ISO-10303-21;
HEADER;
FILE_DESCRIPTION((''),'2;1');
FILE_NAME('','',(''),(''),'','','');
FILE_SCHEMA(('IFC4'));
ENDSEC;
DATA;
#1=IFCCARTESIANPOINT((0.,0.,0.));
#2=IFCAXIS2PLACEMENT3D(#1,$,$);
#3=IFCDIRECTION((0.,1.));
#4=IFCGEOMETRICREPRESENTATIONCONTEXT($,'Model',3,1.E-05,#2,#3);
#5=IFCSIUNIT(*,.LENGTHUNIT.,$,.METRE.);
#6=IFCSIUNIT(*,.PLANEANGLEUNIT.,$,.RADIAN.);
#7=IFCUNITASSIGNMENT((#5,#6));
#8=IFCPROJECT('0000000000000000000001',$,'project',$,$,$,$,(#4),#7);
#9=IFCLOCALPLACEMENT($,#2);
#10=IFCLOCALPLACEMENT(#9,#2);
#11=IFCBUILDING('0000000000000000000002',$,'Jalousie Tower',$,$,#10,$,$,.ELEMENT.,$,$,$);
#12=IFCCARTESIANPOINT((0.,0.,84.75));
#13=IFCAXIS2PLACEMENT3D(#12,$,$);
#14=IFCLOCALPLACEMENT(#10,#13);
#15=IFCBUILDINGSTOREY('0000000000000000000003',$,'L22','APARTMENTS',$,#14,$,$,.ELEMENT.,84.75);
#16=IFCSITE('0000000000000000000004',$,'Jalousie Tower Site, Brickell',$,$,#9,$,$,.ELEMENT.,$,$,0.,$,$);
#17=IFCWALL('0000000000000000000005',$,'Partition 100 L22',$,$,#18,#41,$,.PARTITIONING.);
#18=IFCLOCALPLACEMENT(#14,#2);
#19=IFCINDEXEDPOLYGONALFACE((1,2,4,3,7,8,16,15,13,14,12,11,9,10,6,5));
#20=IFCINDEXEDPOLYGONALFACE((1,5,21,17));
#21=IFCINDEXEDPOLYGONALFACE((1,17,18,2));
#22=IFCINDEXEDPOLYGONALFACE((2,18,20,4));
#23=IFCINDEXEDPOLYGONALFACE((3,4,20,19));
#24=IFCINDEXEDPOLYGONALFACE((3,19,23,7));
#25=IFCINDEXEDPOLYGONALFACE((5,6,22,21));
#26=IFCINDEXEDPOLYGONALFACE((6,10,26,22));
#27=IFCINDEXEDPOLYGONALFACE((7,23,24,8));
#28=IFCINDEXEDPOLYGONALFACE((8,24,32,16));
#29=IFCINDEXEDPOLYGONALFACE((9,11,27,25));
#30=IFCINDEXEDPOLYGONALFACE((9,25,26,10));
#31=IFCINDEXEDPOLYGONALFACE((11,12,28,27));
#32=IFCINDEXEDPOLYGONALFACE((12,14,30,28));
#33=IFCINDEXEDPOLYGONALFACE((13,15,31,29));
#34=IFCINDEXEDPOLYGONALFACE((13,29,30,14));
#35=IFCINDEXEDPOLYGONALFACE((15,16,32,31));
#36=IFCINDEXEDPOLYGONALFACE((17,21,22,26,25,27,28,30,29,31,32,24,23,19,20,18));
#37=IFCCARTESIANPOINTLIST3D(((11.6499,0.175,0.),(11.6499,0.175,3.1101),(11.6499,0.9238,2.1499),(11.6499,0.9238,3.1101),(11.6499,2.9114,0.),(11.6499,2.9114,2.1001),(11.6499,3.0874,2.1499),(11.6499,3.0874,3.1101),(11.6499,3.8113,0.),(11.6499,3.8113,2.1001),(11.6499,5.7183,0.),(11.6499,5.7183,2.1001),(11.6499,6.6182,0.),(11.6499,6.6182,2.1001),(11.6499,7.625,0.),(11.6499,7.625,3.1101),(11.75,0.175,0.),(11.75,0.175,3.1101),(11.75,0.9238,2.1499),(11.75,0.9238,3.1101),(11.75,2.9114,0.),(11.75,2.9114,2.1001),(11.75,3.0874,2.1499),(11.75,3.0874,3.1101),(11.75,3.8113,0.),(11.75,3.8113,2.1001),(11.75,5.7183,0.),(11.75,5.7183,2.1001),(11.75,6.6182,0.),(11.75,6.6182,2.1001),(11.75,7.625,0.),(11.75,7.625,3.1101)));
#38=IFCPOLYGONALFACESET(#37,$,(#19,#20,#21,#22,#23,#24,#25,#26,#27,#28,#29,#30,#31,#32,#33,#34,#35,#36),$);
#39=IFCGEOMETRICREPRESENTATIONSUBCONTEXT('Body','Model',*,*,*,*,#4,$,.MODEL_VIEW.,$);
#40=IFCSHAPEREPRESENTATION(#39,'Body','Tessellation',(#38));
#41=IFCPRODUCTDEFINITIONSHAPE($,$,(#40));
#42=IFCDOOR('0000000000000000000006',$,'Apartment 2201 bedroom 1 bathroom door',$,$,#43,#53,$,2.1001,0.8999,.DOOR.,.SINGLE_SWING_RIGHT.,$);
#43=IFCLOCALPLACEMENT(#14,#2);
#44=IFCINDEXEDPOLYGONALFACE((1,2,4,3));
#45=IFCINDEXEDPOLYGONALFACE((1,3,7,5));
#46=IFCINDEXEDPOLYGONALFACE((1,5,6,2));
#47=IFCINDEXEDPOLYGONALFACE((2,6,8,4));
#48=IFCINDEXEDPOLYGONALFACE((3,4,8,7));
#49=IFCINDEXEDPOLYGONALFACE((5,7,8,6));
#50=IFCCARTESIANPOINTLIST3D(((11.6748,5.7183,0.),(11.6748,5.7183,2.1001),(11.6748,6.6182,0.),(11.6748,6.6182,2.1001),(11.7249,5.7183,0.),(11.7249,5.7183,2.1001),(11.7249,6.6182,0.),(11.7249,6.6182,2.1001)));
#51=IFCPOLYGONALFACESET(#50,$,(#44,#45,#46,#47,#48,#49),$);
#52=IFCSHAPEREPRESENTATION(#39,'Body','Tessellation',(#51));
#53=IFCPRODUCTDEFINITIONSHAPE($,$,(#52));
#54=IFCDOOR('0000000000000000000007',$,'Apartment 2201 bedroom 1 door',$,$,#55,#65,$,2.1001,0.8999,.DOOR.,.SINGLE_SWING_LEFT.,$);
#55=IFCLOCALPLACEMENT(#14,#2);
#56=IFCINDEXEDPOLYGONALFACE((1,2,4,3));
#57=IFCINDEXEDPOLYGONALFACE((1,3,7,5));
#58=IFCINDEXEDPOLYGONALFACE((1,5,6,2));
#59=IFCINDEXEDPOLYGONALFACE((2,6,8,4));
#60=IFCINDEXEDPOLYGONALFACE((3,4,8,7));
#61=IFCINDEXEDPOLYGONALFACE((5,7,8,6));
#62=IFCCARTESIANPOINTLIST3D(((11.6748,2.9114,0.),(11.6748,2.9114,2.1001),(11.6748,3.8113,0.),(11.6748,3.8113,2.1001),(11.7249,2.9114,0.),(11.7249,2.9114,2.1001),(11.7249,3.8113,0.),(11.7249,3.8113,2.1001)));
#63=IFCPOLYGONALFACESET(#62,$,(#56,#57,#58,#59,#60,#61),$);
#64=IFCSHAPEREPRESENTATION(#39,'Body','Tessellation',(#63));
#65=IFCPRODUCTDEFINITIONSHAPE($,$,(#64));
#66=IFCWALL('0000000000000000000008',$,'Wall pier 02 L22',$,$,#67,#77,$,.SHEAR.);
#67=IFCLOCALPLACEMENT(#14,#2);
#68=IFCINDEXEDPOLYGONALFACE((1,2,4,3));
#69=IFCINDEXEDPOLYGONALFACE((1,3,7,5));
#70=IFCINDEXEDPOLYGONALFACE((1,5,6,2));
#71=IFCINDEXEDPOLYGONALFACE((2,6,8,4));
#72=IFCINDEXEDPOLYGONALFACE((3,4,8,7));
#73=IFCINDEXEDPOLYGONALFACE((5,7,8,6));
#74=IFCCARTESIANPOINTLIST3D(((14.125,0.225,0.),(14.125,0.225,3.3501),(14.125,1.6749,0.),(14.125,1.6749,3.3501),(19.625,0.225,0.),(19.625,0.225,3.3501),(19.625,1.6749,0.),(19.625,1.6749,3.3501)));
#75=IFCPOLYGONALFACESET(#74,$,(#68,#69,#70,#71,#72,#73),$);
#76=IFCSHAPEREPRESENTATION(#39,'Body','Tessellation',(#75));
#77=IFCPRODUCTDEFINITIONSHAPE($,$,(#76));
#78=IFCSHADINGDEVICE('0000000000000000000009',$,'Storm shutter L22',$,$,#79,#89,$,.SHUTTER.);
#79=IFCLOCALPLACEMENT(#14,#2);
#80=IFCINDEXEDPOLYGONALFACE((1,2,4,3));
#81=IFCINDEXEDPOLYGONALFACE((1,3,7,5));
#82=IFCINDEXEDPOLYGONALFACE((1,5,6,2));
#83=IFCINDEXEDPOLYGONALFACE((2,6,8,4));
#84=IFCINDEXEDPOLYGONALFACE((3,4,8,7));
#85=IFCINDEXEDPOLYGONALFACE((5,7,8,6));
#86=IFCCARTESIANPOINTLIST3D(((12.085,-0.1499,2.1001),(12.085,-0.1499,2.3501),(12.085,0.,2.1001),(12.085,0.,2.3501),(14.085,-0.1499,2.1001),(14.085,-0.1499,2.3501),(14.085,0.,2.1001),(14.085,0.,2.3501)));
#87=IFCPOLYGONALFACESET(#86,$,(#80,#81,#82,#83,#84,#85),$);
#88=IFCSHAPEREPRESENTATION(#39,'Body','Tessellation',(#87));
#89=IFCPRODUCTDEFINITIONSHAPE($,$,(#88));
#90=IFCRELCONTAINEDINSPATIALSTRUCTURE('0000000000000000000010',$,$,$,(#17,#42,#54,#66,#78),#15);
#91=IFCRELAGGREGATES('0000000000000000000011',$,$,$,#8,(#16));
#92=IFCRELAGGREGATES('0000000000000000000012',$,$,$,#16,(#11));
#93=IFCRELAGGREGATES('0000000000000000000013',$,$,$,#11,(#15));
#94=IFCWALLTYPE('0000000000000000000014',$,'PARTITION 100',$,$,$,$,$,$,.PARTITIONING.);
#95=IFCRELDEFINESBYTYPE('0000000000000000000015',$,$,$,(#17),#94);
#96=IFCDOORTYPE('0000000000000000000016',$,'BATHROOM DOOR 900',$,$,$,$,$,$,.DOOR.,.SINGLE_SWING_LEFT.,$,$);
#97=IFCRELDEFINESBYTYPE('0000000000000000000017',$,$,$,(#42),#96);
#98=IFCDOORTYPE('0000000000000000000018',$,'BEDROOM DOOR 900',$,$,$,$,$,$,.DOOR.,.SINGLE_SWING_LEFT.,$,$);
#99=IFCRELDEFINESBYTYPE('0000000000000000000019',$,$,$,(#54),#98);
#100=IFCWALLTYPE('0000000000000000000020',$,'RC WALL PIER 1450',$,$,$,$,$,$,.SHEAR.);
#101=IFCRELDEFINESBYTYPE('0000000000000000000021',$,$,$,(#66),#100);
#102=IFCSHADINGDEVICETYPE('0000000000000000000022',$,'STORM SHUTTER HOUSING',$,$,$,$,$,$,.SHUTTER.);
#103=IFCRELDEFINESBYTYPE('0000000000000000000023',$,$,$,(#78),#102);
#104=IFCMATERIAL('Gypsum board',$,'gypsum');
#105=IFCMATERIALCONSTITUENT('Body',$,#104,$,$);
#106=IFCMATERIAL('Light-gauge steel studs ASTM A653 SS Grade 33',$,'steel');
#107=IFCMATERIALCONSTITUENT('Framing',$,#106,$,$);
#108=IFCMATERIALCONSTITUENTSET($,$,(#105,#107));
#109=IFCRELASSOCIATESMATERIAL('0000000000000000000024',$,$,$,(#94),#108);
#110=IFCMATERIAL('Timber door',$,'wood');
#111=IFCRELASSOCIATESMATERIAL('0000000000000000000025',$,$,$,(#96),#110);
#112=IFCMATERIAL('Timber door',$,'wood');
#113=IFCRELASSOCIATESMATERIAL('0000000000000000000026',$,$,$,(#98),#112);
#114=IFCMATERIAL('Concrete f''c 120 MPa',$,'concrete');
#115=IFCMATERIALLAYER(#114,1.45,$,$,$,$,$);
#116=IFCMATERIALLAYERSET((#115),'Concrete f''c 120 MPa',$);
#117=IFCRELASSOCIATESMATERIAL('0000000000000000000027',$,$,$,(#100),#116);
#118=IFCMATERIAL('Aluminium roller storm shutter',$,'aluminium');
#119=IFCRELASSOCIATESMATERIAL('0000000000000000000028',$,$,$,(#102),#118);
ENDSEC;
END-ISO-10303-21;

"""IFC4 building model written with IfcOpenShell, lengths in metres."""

from ifc_helpers import new_model, si_unit, direction, frame, frame_2d, origin, origin_2d, place, context, subcontext, project, spatial, polyline, rectangle, outline, extrude, material, layer, layer_set, constituent, constituent_set, type_object, element, fill, save


model = new_model("IFC4")

# Units and contexts
model_context = context("Model", 3, precision=1e-05, world=origin(), true_north=direction((0.0, 1.0)))
body_context = subcontext(model_context, "Body", "Model", "MODEL_VIEW")
ifc_project = project(units=[si_unit("LENGTHUNIT", "METRE"), si_unit("PLANEANGLEUNIT", "RADIAN")], contexts=[model_context])

# Site, building, storey
site_placement = place(None, origin())
site = spatial("IfcSite", under=ifc_project, at=site_placement, Name="Jalousie Tower Site, Brickell", CompositionType="ELEMENT", RefElevation=0.0)
building_placement = place(site_placement, origin())
building = spatial("IfcBuilding", under=site, at=building_placement, Name="Jalousie Tower", CompositionType="ELEMENT")
storey_placement = place(building_placement, frame((0.0, 0.0, 84.75)))
storey = spatial("IfcBuildingStorey", under=building, at=storey_placement, Name="L22", Description="APARTMENTS", CompositionType="ELEMENT", Elevation=84.75)

# Wall, openings, doors
ifc_material_1 = material(Name="Gypsum board", Category="gypsum")
ifc_constituent_1 = constituent(ifc_material_1, Name="Body")
ifc_material_2 = material(Name="Light-gauge steel studs ASTM A653 SS Grade 33", Category="steel")
ifc_constituent_2 = constituent(ifc_material_2, Name="Framing")
ifc_constituent_set_1 = constituent_set(constituents=[ifc_constituent_1, ifc_constituent_2])
wall_type_1 = type_object("IfcWallType", Name="PARTITION 100", PredefinedType="PARTITIONING", material=ifc_constituent_set_1)
wall_1_placement = place(storey_placement, frame((11.7, 0.175, 0.0), z_axis=(0.0, 0.0, 1.0), x_axis=(0.0, 1.0, 0.0)))
wall_1 = element("IfcWall", 1, at=wall_1_placement, inside=storey, type_object=wall_type_1, Name="Partition 100 L22", PredefinedType="PARTITIONING", context=body_context, shape_type="SweptSolid", body=[
    extrude(outline(polyline([(0.0, 0.0), (7.45, 0.0), (7.45, 3.1101), (2.9124, 3.1101), (2.9124, 2.1499), (0.7488, 2.1499), (0.7488, 3.1101), (0.0, 3.1101), (0.0, 0.0)])), frame((0.0, 0.05, 0.0), z_axis=(0.0, -1.0, 0.0), x_axis=(1.0, 0.0, 0.0)), (0.0, 0.0, 1.0), 0.1001),
])
opening_1_placement = place(wall_1_placement, frame((2.7363, 0.0, 0.0)))
opening_1 = element("IfcOpeningElement", 2, at=opening_1_placement, cuts=wall_1, PredefinedType="OPENING", context=body_context, shape_type="SweptSolid", body=[
    extrude(rectangle(XDim=0.8999, YDim=2.1001, at=frame_2d((0.45, 1.05))), frame((0.0, 0.0601, 0.0), z_axis=(0.0, -1.0, 0.0), x_axis=(1.0, 0.0, 0.0)), (0.0, 0.0, 1.0), 0.1201),
])
opening_2_placement = place(wall_1_placement, frame((5.5432, 0.0, 0.0)))
opening_2 = element("IfcOpeningElement", 3, at=opening_2_placement, cuts=wall_1, PredefinedType="OPENING", context=body_context, shape_type="SweptSolid", body=[
    extrude(rectangle(XDim=0.8999, YDim=2.1001, at=frame_2d((0.45, 1.05))), frame((0.0, 0.0601, 0.0), z_axis=(0.0, -1.0, 0.0), x_axis=(1.0, 0.0, 0.0)), (0.0, 0.0, 1.0), 0.1201),
])
ifc_material_3 = material(Name="Timber door", Category="wood")
door_type_1 = type_object("IfcDoorType", Name="BATHROOM DOOR 900", OperationType="SINGLE_SWING_LEFT", PredefinedType="DOOR", material=ifc_material_3)
door_1_placement = place(opening_2_placement, frame((0.8999, 0.0, 0.0), z_axis=(0.0, 0.0, 1.0), x_axis=(-1.0, 0.0, 0.0)))
door_1 = element("IfcDoor", 4, at=door_1_placement, inside=storey, type_object=door_type_1, Name="Apartment 2201 bedroom 1 bathroom door", OperationType="SINGLE_SWING_RIGHT", OverallHeight=2.1001, OverallWidth=0.8999, PredefinedType="DOOR", context=body_context, shape_type="SweptSolid", body=[
    extrude(rectangle(XDim=0.8999, YDim=2.1001, at=frame_2d((0.45, 1.05))), frame((0.0, 0.0249, 0.0), z_axis=(0.0, -1.0, 0.0), x_axis=(1.0, 0.0, 0.0)), (0.0, 0.0, 1.0), 0.05),
])
fill(opening_2, door_1)
ifc_material_4 = material(Name="Timber door", Category="wood")
door_type_2 = type_object("IfcDoorType", Name="BEDROOM DOOR 900", OperationType="SINGLE_SWING_LEFT", PredefinedType="DOOR", material=ifc_material_4)
door_2_placement = place(opening_1_placement, frame((0.8999, 0.0, 0.0), z_axis=(0.0, 0.0, 1.0), x_axis=(-1.0, 0.0, 0.0)))
door_2 = element("IfcDoor", 5, at=door_2_placement, inside=storey, type_object=door_type_2, Name="Apartment 2201 bedroom 1 door", OperationType="SINGLE_SWING_LEFT", OverallHeight=2.1001, OverallWidth=0.8999, PredefinedType="DOOR", context=body_context, shape_type="SweptSolid", body=[
    extrude(rectangle(XDim=0.8999, YDim=2.1001, at=frame_2d((0.45, 1.05))), frame((0.0, 0.0249, 0.0), z_axis=(0.0, -1.0, 0.0), x_axis=(1.0, 0.0, 0.0)), (0.0, 0.0, 1.0), 0.05),
])
fill(opening_1, door_2)

# Wall
ifc_material_5 = material(Name="Concrete f'c 120 MPa", Category="concrete")
ifc_layer_1 = layer(ifc_material_5, 1.45)
ifc_layer_set_1 = layer_set([ifc_layer_1], Name="Concrete f'c 120 MPa")
wall_type_2 = type_object("IfcWallType", Name="RC WALL PIER 1450", PredefinedType="SHEAR", material=ifc_layer_set_1)
wall_2_placement = place(storey_placement, frame((14.125, 0.95, 0.0), z_axis=(0.0, 0.0, 1.0), x_axis=(1.0, 0.0, 0.0)))
element("IfcWall", 6, at=wall_2_placement, inside=storey, type_object=wall_type_2, Name="Wall pier 02 L22", PredefinedType="SHEAR", context=body_context, shape_type="SweptSolid", body=[
    extrude(rectangle(XDim=5.5, YDim=1.45, at=frame_2d((2.75, 0.0))), origin(), (0.0, 0.0, 1.0), 3.3501),
])

# Shading device
ifc_material_6 = material(Name="Aluminium roller storm shutter", Category="aluminium")
shading_device_type = type_object("IfcShadingDeviceType", Name="STORM SHUTTER HOUSING", PredefinedType="SHUTTER", material=ifc_material_6)
shading_device_placement = place(storey_placement, frame((13.085, -0.075, 2.1001), z_axis=(0.0, 0.0, 1.0), x_axis=(1.0, 0.0, 0.0)))
element("IfcShadingDevice", 7, at=shading_device_placement, inside=storey, type_object=shading_device_type, Name="Storm shutter L22", PredefinedType="SHUTTER", context=body_context, shape_type="SweptSolid", body=[
    extrude(rectangle(XDim=2.0, YDim=0.1499, at=origin_2d()), origin(), (0.0, 0.0, 1.0), 0.25),
])

save(model, "model.ifc")
